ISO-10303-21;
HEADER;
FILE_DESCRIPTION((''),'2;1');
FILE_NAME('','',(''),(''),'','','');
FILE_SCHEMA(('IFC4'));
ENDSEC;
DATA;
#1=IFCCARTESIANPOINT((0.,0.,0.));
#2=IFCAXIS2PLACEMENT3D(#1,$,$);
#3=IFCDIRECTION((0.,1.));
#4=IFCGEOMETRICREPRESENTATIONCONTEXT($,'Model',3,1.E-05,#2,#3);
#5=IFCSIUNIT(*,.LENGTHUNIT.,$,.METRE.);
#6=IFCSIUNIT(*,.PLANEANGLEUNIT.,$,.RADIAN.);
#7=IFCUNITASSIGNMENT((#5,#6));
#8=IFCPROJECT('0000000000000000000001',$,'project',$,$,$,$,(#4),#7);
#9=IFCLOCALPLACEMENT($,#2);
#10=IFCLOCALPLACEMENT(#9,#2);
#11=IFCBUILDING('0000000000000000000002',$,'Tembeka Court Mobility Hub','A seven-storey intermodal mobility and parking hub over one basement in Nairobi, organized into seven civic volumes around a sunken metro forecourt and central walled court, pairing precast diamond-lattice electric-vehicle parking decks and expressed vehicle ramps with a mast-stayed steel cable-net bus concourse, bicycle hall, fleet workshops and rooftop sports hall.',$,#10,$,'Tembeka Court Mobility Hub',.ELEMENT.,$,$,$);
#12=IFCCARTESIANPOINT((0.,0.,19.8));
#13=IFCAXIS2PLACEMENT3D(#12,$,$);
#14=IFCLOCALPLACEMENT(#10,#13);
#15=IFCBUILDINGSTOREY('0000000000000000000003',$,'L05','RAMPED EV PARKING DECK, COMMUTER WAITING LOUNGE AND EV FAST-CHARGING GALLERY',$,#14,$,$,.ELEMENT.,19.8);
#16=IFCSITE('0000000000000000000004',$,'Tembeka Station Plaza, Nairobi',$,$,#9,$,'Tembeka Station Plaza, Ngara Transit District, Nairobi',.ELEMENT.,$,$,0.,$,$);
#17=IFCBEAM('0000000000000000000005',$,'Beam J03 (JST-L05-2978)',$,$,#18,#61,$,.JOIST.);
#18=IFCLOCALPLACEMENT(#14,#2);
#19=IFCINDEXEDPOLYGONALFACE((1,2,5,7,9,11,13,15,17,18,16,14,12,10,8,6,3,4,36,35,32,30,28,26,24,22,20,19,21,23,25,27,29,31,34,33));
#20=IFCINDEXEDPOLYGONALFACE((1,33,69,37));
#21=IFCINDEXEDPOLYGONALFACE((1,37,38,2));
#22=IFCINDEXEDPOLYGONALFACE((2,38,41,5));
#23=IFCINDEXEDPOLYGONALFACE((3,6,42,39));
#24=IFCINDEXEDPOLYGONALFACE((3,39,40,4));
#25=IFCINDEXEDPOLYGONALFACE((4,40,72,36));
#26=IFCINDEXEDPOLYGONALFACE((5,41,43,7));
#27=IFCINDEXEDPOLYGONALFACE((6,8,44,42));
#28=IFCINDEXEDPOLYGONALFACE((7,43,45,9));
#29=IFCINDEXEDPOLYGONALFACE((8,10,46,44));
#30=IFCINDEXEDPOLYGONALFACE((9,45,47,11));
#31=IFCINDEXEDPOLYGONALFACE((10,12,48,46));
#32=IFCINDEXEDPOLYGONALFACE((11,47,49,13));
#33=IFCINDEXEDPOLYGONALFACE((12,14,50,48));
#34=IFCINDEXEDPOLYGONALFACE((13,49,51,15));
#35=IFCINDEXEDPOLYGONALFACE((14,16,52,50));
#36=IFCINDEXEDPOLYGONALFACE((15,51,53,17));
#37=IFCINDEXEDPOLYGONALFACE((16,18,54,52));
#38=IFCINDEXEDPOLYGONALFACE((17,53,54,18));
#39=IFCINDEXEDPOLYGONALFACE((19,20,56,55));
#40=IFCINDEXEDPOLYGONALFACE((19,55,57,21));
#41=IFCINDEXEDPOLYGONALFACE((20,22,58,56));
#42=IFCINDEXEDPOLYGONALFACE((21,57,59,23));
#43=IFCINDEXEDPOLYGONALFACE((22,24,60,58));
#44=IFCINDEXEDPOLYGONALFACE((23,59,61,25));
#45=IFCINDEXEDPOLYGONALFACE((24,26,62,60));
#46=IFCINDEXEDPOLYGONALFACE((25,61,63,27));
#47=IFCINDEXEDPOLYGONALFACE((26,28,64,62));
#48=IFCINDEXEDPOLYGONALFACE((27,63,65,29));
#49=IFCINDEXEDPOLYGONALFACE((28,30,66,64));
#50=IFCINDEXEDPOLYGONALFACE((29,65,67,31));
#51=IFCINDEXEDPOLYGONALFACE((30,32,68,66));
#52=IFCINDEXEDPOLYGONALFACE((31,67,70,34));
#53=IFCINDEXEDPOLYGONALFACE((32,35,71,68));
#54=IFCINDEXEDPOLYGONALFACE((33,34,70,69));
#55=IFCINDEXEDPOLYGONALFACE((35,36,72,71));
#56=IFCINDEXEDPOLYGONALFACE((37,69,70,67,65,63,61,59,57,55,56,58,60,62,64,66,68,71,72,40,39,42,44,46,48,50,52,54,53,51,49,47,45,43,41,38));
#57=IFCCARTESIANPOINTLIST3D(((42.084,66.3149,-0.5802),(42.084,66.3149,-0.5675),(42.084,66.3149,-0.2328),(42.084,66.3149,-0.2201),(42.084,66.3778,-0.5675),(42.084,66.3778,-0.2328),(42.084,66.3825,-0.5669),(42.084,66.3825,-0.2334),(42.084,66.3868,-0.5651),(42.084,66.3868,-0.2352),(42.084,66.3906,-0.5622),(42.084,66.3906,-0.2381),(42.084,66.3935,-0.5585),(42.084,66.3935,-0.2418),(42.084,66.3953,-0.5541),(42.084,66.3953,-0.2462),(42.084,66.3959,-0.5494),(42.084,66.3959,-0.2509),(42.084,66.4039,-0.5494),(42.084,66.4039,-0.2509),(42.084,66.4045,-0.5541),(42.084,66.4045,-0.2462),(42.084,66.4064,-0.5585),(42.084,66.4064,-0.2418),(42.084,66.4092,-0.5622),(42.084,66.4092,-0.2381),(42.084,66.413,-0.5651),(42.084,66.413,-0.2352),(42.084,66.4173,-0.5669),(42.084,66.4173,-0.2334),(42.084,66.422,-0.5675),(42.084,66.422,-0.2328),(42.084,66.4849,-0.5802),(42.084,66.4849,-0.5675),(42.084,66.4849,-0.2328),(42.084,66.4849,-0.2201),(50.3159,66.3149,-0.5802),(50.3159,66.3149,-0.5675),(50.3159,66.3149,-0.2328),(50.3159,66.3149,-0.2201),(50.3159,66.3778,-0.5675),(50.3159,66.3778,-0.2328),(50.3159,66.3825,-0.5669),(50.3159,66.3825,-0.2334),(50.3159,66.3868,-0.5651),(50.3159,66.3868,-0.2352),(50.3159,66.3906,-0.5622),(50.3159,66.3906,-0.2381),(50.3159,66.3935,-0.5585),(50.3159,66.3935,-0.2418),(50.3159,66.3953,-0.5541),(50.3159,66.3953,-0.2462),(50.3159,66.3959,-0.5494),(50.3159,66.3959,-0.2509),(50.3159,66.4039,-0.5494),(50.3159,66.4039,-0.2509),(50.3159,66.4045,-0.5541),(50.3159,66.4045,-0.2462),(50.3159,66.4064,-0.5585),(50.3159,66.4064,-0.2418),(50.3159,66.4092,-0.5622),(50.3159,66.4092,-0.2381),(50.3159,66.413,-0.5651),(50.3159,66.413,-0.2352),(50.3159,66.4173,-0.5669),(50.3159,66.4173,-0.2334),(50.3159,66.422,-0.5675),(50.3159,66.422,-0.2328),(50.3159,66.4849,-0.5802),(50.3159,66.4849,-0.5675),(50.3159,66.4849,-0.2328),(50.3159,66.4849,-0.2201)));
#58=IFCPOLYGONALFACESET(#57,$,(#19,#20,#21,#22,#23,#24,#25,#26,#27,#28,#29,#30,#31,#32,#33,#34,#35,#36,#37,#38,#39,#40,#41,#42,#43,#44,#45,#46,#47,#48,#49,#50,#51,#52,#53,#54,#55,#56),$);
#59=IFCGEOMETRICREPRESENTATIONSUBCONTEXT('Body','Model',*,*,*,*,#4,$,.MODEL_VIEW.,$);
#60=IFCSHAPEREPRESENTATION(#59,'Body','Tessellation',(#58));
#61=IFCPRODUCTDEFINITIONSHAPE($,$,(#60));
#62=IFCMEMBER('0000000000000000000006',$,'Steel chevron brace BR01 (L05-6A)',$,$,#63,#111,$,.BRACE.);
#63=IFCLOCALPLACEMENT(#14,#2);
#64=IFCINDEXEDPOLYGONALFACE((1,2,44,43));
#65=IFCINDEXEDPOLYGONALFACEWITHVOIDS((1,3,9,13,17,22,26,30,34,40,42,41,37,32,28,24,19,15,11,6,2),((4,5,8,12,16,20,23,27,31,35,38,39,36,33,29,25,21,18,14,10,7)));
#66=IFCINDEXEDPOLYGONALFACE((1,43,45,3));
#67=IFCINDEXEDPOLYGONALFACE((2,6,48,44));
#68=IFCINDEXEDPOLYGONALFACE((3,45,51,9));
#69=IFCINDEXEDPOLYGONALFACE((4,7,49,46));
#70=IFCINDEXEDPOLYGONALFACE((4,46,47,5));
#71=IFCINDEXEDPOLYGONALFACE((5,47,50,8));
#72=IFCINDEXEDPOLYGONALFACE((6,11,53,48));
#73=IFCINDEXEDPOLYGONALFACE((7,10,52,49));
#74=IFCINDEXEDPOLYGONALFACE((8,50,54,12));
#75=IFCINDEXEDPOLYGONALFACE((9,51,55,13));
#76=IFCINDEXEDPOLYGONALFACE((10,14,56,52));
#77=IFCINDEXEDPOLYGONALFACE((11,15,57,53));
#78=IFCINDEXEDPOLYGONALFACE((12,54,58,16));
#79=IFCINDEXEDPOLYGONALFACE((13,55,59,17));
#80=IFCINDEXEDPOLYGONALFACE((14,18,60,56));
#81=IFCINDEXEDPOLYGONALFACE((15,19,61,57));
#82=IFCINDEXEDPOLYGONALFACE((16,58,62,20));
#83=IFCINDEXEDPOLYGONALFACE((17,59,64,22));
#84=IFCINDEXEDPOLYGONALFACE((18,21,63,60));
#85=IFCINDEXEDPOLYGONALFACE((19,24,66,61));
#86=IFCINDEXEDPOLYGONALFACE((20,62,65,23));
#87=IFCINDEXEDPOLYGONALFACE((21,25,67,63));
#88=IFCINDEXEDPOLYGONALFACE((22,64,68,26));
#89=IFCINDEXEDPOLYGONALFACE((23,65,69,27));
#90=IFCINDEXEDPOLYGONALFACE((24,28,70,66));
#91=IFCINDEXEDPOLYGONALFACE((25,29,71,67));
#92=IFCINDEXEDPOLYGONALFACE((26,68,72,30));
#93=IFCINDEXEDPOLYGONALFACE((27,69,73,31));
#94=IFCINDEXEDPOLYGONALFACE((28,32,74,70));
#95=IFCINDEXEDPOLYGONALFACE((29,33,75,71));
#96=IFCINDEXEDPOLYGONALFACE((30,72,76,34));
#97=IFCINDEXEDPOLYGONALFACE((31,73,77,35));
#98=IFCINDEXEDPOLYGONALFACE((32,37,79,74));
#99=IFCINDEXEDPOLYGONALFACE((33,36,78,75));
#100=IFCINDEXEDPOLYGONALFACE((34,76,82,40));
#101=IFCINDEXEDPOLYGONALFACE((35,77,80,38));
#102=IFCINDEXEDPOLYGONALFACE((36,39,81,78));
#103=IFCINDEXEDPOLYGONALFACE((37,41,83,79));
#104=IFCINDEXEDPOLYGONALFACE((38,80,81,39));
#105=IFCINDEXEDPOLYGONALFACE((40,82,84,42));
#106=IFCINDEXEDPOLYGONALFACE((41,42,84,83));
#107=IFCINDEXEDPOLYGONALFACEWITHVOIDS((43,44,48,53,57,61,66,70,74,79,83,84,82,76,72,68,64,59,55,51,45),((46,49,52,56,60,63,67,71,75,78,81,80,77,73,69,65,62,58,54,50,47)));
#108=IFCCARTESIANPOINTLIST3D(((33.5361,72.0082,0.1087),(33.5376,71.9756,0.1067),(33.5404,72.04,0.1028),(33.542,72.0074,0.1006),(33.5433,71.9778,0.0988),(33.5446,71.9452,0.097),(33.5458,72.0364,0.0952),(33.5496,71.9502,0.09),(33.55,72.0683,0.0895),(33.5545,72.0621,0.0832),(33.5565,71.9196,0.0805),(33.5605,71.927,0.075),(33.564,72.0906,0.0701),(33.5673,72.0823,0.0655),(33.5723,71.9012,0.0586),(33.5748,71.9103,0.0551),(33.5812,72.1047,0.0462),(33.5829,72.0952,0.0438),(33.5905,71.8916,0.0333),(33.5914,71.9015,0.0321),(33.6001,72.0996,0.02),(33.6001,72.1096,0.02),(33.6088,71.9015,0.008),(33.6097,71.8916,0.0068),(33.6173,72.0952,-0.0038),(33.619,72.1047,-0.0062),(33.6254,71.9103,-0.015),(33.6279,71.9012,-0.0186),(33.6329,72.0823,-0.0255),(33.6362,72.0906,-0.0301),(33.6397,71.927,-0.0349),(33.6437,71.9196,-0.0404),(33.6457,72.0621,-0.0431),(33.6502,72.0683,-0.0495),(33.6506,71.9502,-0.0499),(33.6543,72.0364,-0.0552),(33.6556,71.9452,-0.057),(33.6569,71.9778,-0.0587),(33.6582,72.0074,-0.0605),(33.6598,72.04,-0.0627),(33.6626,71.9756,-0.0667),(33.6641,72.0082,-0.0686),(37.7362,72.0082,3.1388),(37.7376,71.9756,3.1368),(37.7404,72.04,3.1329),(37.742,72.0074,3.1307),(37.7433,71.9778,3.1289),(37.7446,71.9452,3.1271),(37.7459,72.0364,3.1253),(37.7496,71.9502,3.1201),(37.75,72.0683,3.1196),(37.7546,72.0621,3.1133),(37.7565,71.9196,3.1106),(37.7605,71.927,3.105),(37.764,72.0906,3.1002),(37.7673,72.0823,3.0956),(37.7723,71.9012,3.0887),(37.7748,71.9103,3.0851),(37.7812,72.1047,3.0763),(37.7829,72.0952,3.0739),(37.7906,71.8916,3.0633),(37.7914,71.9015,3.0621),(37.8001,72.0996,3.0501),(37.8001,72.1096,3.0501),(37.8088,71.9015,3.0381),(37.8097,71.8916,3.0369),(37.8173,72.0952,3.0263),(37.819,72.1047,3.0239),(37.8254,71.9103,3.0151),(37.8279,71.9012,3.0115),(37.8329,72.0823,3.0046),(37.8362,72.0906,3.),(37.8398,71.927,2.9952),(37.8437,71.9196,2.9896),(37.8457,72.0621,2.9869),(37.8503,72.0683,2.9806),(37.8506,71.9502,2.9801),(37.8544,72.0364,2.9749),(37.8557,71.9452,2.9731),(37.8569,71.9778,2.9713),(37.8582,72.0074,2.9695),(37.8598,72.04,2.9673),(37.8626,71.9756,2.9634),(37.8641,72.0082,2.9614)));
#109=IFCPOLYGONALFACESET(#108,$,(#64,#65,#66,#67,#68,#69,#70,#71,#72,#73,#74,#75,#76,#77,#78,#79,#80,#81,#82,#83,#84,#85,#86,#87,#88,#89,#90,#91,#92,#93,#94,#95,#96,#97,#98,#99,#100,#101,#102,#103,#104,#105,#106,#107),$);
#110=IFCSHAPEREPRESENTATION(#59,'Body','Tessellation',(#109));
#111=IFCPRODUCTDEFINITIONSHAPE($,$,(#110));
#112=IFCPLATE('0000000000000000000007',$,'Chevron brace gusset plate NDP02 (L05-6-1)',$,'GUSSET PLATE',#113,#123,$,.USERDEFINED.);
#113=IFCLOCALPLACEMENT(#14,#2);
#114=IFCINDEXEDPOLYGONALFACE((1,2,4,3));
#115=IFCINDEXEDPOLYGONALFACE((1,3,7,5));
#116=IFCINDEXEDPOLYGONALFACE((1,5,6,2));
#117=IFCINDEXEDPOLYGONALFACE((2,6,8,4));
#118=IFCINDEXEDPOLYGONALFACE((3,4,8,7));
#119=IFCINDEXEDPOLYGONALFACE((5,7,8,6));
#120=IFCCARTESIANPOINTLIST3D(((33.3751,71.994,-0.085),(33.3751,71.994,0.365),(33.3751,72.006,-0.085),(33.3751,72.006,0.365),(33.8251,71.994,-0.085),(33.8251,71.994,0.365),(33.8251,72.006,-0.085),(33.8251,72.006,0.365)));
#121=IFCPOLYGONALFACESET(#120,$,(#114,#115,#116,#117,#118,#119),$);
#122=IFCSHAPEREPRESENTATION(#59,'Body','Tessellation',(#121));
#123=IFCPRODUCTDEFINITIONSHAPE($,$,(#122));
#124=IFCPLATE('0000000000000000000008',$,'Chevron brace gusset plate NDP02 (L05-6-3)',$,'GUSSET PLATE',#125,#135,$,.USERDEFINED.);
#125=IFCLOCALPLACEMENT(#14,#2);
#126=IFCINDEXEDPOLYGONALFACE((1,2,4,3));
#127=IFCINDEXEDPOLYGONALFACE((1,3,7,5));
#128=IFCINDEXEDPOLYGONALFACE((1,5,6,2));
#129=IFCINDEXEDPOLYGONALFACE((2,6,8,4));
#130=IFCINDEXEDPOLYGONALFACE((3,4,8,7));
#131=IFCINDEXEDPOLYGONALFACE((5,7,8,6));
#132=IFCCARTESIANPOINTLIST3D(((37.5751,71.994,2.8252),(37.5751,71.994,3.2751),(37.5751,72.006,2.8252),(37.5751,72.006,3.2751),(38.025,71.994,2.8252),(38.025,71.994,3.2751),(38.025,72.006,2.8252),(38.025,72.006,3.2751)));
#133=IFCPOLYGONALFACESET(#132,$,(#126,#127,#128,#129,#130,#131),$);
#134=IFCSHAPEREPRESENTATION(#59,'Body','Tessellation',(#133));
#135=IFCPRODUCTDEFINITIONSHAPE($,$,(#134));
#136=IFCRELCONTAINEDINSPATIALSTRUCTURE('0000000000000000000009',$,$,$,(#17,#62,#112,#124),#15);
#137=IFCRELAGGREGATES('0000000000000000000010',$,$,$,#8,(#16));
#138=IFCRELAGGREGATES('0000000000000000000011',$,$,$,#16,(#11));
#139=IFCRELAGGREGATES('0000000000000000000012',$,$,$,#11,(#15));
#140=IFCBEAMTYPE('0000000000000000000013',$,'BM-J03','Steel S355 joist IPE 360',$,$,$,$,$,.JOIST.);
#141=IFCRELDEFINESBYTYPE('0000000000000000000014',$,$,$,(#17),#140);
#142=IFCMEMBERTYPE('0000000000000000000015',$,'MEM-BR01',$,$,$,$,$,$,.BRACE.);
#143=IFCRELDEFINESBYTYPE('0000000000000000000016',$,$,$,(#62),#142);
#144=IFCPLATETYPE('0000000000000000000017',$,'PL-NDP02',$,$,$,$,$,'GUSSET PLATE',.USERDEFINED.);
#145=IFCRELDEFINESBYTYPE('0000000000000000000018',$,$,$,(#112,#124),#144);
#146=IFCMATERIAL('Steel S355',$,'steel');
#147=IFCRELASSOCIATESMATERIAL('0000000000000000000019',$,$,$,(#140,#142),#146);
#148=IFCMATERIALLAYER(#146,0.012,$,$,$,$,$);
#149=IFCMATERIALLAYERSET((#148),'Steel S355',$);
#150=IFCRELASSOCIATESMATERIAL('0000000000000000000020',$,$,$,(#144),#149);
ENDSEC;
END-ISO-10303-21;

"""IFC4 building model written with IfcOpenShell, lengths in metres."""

from ifc_helpers import new_model, si_unit, direction, frame, origin, origin_2d, place, context, subcontext, project, spatial, rectangle, hollow_circle, i_section, extrude, material, layer, layer_set, material_profile, profile_set, type_object, element, save


model = new_model("IFC4")

# Units and contexts
model_context = context("Model", 3, precision=1e-05, world=origin(), true_north=direction((0.0, 1.0)))
body_context = subcontext(model_context, "Body", "Model", "MODEL_VIEW")
ifc_project = project(units=[si_unit("LENGTHUNIT", "METRE"), si_unit("PLANEANGLEUNIT", "RADIAN")], contexts=[model_context])

# Site, building, storey
site_placement = place(None, origin())
site = spatial("IfcSite", under=ifc_project, at=site_placement, Name="Tembeka Station Plaza, Nairobi", LongName="Tembeka Station Plaza, Ngara Transit District, Nairobi", CompositionType="ELEMENT", RefElevation=0.0)
building_placement = place(site_placement, origin())
building = spatial("IfcBuilding", under=site, at=building_placement, Name="Tembeka Court Mobility Hub", Description="A seven-storey intermodal mobility and parking hub over one basement in Nairobi, organized into seven civic volumes around a sunken metro forecourt and central walled court, pairing precast diamond-lattice electric-vehicle parking decks and expressed vehicle ramps with a mast-stayed steel cable-net bus concourse, bicycle hall, fleet workshops and rooftop sports hall.", LongName="Tembeka Court Mobility Hub", CompositionType="ELEMENT")
storey_placement = place(building_placement, frame((0.0, 0.0, 19.8)))
storey = spatial("IfcBuildingStorey", under=building, at=storey_placement, Name="L05", Description="RAMPED EV PARKING DECK, COMMUTER WAITING LOUNGE AND EV FAST-CHARGING GALLERY", CompositionType="ELEMENT", Elevation=19.8)

# Shared definitions
ifc_material_1 = material(Name="Steel S355", Category="steel")

# Beam
ifc_material_profile_1 = material_profile(ifc_material_1, i_section(OverallWidth=0.1699, OverallDepth=0.3601, WebThickness=0.0081, FlangeThickness=0.0127, FilletRadius=0.0181, at=origin_2d()), Name="IPE 360")
ifc_profile_set_1 = profile_set([ifc_material_profile_1], Name="Steel S355")
beam_type_1 = type_object("IfcBeamType", Name="BM-J03", Description="Steel S355 joist IPE 360", PredefinedType="JOIST", material=ifc_profile_set_1)
for number, where, z_axis, x_axis, name in (
    (1, (42.084, 66.3999, -0.4001), (1.0, 0.0, 0.0), (0.0, 1.0, 0.0), "Beam J03 (JST-L05-2978)"),
):
    element("IfcBeam", number, at=place(storey_placement, frame(where, z_axis=z_axis, x_axis=x_axis)), inside=storey, type_object=beam_type_1, Name=name, PredefinedType="JOIST", context=body_context, shape_type="SweptSolid", body=[
        extrude(i_section(OverallWidth=0.1699, OverallDepth=0.3601, WebThickness=0.0081, FlangeThickness=0.0127, FilletRadius=0.0181, at=origin_2d()), origin(), (0.0, 0.0, 1.0), 8.2319),
    ])

# Member
ifc_material_profile_2 = material_profile(ifc_material_1, hollow_circle(Radius=0.1096, WallThickness=0.01, at=origin_2d()), Name="CHS 219.1x10")
ifc_profile_set_2 = profile_set([ifc_material_profile_2], Name="Steel S355")
member_type = type_object("IfcMemberType", Name="MEM-BR01", PredefinedType="BRACE", material=ifc_profile_set_2)
member_placement = place(storey_placement, frame((33.6001, 72.0, 0.02), z_axis=(0.810979, 0.0, 0.585076), x_axis=(0.0, 1.0, 0.0)))
element("IfcMember", 2, at=member_placement, inside=storey, type_object=member_type, Name="Steel chevron brace BR01 (L05-6A)", PredefinedType="BRACE", context=body_context, shape_type="SweptSolid", body=[
    extrude(hollow_circle(Radius=0.1096, WallThickness=0.01, at=origin_2d()), origin(), (0.0, 0.0, 1.0), 5.179),
])

# Plates
ifc_layer = layer(ifc_material_1, 0.012)
ifc_layer_set = layer_set([ifc_layer], Name="Steel S355")
plate_type = type_object("IfcPlateType", Name="PL-NDP02", ElementType="GUSSET PLATE", PredefinedType="USERDEFINED", material=ifc_layer_set)
for number, where, z_axis, x_axis, name in (
    (3, (33.6001, 72.0, -0.085), (0.0, 0.0, 1.0), (1.0, 0.0, 0.0), "Chevron brace gusset plate NDP02 (L05-6-1)"),
    (4, (37.8, 72.0, 2.8252), (0.0, 0.0, 1.0), (1.0, 0.0, 0.0), "Chevron brace gusset plate NDP02 (L05-6-3)"),
):
    element("IfcPlate", number, at=place(storey_placement, frame(where, z_axis=z_axis, x_axis=x_axis)), inside=storey, type_object=plate_type, Name=name, ObjectType="GUSSET PLATE", PredefinedType="USERDEFINED", context=body_context, shape_type="SweptSolid", body=[
        extrude(rectangle(XDim=0.45, YDim=0.012, at=origin_2d()), origin(), (0.0, 0.0, 1.0), 0.45),
    ])

save(model, "model.ifc")
